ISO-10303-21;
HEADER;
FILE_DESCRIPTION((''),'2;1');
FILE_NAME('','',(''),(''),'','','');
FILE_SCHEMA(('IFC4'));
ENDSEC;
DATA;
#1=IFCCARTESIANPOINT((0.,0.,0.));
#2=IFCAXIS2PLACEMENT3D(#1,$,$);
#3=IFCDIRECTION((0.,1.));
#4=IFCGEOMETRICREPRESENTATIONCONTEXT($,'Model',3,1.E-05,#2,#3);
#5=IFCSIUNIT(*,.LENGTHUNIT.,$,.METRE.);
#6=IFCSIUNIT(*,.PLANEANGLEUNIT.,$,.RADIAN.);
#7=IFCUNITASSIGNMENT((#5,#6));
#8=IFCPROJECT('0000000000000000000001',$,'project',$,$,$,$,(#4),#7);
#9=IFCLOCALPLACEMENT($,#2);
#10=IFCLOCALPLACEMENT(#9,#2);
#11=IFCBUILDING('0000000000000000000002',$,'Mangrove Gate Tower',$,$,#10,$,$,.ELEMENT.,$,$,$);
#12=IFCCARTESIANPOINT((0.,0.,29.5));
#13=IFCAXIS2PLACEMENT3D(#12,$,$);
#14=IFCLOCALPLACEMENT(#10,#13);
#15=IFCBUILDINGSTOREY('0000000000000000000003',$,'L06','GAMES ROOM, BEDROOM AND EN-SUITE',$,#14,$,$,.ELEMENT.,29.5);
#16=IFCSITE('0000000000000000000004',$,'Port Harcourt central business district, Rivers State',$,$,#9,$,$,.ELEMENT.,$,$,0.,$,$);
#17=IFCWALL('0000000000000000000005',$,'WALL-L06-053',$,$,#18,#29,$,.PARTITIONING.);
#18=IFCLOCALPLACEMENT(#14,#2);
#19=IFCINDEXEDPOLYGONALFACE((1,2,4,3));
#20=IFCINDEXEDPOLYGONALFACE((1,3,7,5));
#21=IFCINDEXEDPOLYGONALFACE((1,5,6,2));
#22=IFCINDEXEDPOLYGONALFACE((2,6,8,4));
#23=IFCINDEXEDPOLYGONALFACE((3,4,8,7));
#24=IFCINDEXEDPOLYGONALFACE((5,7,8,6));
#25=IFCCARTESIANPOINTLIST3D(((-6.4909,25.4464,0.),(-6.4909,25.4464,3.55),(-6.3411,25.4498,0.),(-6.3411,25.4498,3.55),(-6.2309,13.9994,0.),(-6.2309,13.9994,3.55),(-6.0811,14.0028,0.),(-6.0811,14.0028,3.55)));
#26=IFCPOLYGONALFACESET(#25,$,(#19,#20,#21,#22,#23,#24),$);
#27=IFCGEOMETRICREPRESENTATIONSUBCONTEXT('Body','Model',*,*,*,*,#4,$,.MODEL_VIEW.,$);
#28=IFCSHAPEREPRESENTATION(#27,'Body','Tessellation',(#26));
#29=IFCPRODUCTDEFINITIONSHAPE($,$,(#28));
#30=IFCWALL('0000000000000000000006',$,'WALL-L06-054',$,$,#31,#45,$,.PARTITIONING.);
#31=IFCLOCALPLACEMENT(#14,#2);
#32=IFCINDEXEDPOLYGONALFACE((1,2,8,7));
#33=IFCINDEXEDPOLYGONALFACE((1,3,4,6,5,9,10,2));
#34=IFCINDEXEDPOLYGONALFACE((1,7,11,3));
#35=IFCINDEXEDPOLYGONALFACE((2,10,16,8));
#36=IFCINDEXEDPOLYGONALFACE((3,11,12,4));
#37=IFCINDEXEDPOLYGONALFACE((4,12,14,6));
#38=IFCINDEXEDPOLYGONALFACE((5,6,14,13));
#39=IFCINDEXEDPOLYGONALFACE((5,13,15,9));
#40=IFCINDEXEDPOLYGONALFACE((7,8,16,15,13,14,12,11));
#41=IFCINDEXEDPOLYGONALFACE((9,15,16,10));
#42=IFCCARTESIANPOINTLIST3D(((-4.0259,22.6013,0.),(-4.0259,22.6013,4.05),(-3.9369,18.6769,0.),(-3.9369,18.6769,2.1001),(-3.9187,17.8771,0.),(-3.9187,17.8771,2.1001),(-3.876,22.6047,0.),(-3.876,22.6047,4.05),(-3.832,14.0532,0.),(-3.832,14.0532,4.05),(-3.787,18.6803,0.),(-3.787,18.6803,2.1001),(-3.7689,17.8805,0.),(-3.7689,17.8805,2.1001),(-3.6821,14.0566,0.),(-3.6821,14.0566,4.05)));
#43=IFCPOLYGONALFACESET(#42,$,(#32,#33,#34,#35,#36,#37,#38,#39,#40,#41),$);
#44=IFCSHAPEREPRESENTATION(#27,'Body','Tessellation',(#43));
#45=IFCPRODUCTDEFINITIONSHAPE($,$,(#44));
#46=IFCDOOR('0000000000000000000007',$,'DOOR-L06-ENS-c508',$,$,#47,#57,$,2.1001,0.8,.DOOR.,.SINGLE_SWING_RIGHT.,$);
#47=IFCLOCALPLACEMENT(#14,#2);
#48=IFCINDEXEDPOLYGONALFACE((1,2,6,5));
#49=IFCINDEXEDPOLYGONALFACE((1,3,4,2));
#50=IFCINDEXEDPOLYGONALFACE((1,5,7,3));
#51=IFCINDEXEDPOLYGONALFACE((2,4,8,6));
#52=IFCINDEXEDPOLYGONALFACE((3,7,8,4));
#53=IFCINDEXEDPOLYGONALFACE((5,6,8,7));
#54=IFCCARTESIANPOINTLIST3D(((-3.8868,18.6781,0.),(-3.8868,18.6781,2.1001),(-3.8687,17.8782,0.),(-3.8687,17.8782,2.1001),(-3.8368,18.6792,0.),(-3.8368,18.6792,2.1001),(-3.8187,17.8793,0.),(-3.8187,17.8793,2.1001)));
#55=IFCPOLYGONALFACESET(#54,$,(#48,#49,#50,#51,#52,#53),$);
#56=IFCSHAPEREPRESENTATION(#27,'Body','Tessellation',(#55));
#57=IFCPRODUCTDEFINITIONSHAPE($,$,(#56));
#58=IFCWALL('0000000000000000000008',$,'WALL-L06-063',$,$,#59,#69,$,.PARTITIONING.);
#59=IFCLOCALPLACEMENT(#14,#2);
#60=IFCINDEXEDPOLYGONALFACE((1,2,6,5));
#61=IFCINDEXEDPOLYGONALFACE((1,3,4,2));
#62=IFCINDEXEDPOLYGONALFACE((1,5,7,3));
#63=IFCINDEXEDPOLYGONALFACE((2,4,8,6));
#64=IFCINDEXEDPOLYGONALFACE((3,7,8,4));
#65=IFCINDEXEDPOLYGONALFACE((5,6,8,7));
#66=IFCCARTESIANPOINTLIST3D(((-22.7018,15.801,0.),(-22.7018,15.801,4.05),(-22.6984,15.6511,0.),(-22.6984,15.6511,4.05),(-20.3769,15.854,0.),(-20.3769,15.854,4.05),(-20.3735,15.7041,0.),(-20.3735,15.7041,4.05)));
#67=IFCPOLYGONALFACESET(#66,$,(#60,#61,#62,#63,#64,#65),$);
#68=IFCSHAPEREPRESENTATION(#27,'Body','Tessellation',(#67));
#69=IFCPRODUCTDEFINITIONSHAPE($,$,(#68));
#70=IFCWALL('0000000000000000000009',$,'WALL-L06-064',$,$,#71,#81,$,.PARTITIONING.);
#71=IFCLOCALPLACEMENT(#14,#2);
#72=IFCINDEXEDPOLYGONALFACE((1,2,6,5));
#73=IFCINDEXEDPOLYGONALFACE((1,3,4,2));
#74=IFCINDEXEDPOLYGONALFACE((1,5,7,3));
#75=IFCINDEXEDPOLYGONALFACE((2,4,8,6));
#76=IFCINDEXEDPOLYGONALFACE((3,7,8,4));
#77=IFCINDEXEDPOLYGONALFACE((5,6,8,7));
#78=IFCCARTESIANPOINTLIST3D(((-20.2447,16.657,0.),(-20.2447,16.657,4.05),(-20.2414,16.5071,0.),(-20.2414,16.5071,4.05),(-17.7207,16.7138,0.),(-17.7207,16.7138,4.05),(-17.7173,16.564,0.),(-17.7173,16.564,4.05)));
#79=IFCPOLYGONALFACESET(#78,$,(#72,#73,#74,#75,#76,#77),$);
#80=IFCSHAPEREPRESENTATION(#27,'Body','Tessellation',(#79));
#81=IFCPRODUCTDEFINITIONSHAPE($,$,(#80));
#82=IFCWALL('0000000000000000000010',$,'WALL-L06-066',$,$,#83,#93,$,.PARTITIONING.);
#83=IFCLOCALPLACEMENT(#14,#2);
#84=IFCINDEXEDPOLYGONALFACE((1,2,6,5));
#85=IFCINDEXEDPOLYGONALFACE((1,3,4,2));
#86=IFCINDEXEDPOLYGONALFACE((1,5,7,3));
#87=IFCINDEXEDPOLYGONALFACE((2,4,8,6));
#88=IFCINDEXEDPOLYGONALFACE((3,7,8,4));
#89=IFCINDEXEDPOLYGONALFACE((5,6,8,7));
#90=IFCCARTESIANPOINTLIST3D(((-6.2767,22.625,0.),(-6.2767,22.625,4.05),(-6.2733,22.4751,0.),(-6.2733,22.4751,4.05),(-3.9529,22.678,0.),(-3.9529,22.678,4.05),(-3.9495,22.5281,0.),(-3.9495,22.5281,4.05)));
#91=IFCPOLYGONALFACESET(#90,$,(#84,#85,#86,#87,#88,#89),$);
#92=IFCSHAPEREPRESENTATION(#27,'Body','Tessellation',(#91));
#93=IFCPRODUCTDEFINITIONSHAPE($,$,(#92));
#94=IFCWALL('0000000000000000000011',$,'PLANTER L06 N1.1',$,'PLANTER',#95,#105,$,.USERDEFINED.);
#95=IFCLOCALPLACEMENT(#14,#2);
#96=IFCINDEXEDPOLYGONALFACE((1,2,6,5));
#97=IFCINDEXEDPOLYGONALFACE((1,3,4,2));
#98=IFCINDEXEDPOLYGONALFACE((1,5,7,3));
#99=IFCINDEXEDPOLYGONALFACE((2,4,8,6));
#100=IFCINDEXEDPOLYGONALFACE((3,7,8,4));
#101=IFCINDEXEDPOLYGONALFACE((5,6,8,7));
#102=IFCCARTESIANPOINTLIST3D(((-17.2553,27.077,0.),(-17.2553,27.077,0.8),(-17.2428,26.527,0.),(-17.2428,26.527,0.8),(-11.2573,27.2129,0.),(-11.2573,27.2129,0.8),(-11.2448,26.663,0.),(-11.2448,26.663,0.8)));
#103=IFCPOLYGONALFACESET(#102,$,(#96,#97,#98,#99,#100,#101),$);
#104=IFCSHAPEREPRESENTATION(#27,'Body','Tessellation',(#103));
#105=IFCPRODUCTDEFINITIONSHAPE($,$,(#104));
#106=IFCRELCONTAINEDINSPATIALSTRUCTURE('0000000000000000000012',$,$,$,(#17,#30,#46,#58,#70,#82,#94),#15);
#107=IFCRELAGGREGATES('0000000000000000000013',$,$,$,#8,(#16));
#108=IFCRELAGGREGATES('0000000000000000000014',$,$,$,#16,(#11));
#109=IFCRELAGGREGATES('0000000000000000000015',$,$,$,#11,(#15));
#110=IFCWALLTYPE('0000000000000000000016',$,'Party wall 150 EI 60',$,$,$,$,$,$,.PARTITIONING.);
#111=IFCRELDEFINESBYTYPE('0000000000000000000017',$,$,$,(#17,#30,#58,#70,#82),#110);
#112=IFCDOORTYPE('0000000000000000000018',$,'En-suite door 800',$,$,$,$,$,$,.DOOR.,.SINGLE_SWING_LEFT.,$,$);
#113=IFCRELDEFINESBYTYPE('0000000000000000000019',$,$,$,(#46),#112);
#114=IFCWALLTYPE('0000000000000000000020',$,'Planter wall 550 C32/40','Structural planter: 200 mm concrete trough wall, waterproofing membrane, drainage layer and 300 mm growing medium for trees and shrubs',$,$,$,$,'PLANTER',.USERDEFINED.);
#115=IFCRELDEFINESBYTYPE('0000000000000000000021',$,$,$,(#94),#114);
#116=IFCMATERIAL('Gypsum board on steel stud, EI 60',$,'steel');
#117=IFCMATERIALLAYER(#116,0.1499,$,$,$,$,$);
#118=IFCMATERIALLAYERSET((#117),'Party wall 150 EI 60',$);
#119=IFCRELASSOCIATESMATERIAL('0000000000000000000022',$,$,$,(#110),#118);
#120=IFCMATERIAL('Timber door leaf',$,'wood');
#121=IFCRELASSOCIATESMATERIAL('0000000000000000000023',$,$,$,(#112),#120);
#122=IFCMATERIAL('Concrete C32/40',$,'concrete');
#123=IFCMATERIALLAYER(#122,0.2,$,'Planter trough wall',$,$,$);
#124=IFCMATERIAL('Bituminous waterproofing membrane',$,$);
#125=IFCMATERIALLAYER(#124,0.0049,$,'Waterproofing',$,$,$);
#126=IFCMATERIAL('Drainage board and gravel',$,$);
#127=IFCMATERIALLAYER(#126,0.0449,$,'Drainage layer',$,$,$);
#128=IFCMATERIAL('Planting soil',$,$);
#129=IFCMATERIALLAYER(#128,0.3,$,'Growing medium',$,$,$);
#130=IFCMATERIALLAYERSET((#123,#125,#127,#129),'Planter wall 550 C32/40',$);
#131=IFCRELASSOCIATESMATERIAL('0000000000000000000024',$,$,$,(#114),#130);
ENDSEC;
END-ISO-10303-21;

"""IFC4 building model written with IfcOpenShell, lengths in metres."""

from ifc_helpers import new_model, si_unit, direction, frame, frame_2d, origin, place, context, subcontext, project, spatial, rectangle, extrude, material, layer, layer_set, type_object, element, fill, save


model = new_model("IFC4")

# Units and contexts
model_context = context("Model", 3, precision=1e-05, world=origin(), true_north=direction((0.0, 1.0)))
body_context = subcontext(model_context, "Body", "Model", "MODEL_VIEW")
ifc_project = project(units=[si_unit("LENGTHUNIT", "METRE"), si_unit("PLANEANGLEUNIT", "RADIAN")], contexts=[model_context])

# Site, building, storey
site_placement = place(None, origin())
site = spatial("IfcSite", under=ifc_project, at=site_placement, Name="Port Harcourt central business district, Rivers State", CompositionType="ELEMENT", RefElevation=0.0)
building_placement = place(site_placement, origin())
building = spatial("IfcBuilding", under=site, at=building_placement, Name="Mangrove Gate Tower", CompositionType="ELEMENT")
storey_placement = place(building_placement, frame((0.0, 0.0, 29.5)))
storey = spatial("IfcBuildingStorey", under=building, at=storey_placement, Name="L06", Description="GAMES ROOM, BEDROOM AND EN-SUITE", CompositionType="ELEMENT", Elevation=29.5)

# Wall
ifc_material_1 = material(Name="Gypsum board on steel stud, EI 60", Category="steel")
ifc_layer_1 = layer(ifc_material_1, 0.1499)
ifc_layer_set_1 = layer_set([ifc_layer_1], Name="Party wall 150 EI 60")
wall_type_1 = type_object("IfcWallType", Name="Party wall 150 EI 60", PredefinedType="PARTITIONING", material=ifc_layer_set_1)
wall_1_placement = place(storey_placement, frame((-6.156, 14.001, 0.0), z_axis=(0.0, 0.0, 1.0), x_axis=(-0.022708, 0.999742, 0.0)))
element("IfcWall", 1, at=wall_1_placement, inside=storey, type_object=wall_type_1, Name="WALL-L06-053", PredefinedType="PARTITIONING", context=body_context, shape_type="SweptSolid", body=[
    extrude(rectangle(XDim=11.45, YDim=0.1499, at=frame_2d((5.7251, 0.0))), origin(), (0.0, 0.0, 1.0), 3.55),
])

# Wall, opening, door
wall_2_placement = place(storey_placement, frame((-3.7571, 14.0549, 0.0), z_axis=(0.0, 0.0, 1.0), x_axis=(-0.022671, 0.999743, 0.0)))
wall_2 = element("IfcWall", 2, at=wall_2_placement, inside=storey, type_object=wall_type_1, Name="WALL-L06-054", PredefinedType="PARTITIONING", context=body_context, shape_type="SweptSolid", body=[
    extrude(rectangle(XDim=8.5503, YDim=0.1499, at=frame_2d((4.2751, 0.0))), origin(), (0.0, 0.0, 1.0), 4.05),
])
opening_placement = place(wall_2_placement, frame((3.825, 0.0, 0.0)))
opening = element("IfcOpeningElement", 3, at=opening_placement, cuts=wall_2, PredefinedType="OPENING", context=body_context, shape_type="SweptSolid", body=[
    extrude(rectangle(XDim=0.8, YDim=2.1001, at=frame_2d((0.3999, 1.05))), frame((0.0, 0.085, 0.0), z_axis=(0.0, -1.0, 0.0), x_axis=(1.0, 0.0, 0.0)), (0.0, 0.0, 1.0), 0.1699),
])
ifc_material_2 = material(Name="Timber door leaf", Category="wood")
door_type = type_object("IfcDoorType", Name="En-suite door 800", OperationType="SINGLE_SWING_LEFT", PredefinedType="DOOR", material=ifc_material_2)
door_placement = place(opening_placement, origin())
door = element("IfcDoor", 4, at=door_placement, inside=storey, type_object=door_type, Name="DOOR-L06-ENS-c508", OperationType="SINGLE_SWING_RIGHT", OverallHeight=2.1001, OverallWidth=0.8, PredefinedType="DOOR", context=body_context, shape_type="SweptSolid", body=[
    extrude(rectangle(XDim=0.8, YDim=2.1001, at=frame_2d((0.3999, 1.05))), frame((0.0, 0.0249, 0.0), z_axis=(0.0, -1.0, 0.0), x_axis=(1.0, 0.0, 0.0)), (0.0, 0.0, 1.0), 0.05),
])
fill(opening, door)

# Walls
wall_3_placement = place(storey_placement, frame((-22.7, 15.7261, 0.0), z_axis=(0.0, 0.0, 1.0), x_axis=(0.99974, 0.022781, 0.0)))
element("IfcWall", 5, at=wall_3_placement, inside=storey, type_object=wall_type_1, Name="WALL-L06-063", PredefinedType="PARTITIONING", context=body_context, shape_type="SweptSolid", body=[
    extrude(rectangle(XDim=2.3254, YDim=0.1499, at=frame_2d((1.1626, 0.0))), origin(), (0.0, 0.0, 1.0), 4.05),
])
wall_4_placement = place(storey_placement, frame((-20.2429, 16.582, 0.0), z_axis=(0.0, 0.0, 1.0), x_axis=(0.999746, 0.022532, 0.0)))
element("IfcWall", 6, at=wall_4_placement, inside=storey, type_object=wall_type_1, Name="WALL-L06-064", PredefinedType="PARTITIONING", context=body_context, shape_type="SweptSolid", body=[
    extrude(rectangle(XDim=2.5247, YDim=0.1499, at=frame_2d((1.2622, 0.0))), origin(), (0.0, 0.0, 1.0), 4.05),
])
wall_5_placement = place(storey_placement, frame((-6.2749, 22.55, 0.0), z_axis=(0.0, 0.0, 1.0), x_axis=(0.99974, 0.022791, 0.0)))
element("IfcWall", 7, at=wall_5_placement, inside=storey, type_object=wall_type_1, Name="WALL-L06-066", PredefinedType="PARTITIONING", context=body_context, shape_type="SweptSolid", body=[
    extrude(rectangle(XDim=2.3245, YDim=0.1499, at=frame_2d((1.1621, 0.0))), origin(), (0.0, 0.0, 1.0), 4.05),
])
ifc_material_3 = material(Name="Concrete C32/40", Category="concrete")
ifc_layer_2 = layer(ifc_material_3, 0.2, Name="Planter trough wall")
ifc_material_4 = material(Name="Bituminous waterproofing membrane")
ifc_layer_3 = layer(ifc_material_4, 0.0049, Name="Waterproofing")
ifc_material_5 = material(Name="Drainage board and gravel")
ifc_layer_4 = layer(ifc_material_5, 0.0449, Name="Drainage layer")
ifc_material_6 = material(Name="Planting soil")
ifc_layer_5 = layer(ifc_material_6, 0.3, Name="Growing medium")
ifc_layer_set_2 = layer_set([ifc_layer_2, ifc_layer_3, ifc_layer_4, ifc_layer_5], Name="Planter wall 550 C32/40")
wall_type_2 = type_object("IfcWallType", Name="Planter wall 550 C32/40", Description="Structural planter: 200 mm concrete trough wall, waterproofing membrane, drainage layer and 300 mm growing medium for trees and shrubs", ElementType="PLANTER", PredefinedType="USERDEFINED", material=ifc_layer_set_2)
wall_6_placement = place(storey_placement, frame((-17.249, 26.802, 0.0), z_axis=(0.0, 0.0, 1.0), x_axis=(0.999743, 0.022666, 0.0)))
element("IfcWall", 8, at=wall_6_placement, inside=storey, type_object=wall_type_2, Name="PLANTER L06 N1.1", ObjectType="PLANTER", PredefinedType="USERDEFINED", context=body_context, shape_type="SweptSolid", body=[
    extrude(rectangle(XDim=5.9995, YDim=0.55, at=frame_2d((2.9998, 0.0))), origin(), (0.0, 0.0, 1.0), 0.8),
])

save(model, "model.ifc")
